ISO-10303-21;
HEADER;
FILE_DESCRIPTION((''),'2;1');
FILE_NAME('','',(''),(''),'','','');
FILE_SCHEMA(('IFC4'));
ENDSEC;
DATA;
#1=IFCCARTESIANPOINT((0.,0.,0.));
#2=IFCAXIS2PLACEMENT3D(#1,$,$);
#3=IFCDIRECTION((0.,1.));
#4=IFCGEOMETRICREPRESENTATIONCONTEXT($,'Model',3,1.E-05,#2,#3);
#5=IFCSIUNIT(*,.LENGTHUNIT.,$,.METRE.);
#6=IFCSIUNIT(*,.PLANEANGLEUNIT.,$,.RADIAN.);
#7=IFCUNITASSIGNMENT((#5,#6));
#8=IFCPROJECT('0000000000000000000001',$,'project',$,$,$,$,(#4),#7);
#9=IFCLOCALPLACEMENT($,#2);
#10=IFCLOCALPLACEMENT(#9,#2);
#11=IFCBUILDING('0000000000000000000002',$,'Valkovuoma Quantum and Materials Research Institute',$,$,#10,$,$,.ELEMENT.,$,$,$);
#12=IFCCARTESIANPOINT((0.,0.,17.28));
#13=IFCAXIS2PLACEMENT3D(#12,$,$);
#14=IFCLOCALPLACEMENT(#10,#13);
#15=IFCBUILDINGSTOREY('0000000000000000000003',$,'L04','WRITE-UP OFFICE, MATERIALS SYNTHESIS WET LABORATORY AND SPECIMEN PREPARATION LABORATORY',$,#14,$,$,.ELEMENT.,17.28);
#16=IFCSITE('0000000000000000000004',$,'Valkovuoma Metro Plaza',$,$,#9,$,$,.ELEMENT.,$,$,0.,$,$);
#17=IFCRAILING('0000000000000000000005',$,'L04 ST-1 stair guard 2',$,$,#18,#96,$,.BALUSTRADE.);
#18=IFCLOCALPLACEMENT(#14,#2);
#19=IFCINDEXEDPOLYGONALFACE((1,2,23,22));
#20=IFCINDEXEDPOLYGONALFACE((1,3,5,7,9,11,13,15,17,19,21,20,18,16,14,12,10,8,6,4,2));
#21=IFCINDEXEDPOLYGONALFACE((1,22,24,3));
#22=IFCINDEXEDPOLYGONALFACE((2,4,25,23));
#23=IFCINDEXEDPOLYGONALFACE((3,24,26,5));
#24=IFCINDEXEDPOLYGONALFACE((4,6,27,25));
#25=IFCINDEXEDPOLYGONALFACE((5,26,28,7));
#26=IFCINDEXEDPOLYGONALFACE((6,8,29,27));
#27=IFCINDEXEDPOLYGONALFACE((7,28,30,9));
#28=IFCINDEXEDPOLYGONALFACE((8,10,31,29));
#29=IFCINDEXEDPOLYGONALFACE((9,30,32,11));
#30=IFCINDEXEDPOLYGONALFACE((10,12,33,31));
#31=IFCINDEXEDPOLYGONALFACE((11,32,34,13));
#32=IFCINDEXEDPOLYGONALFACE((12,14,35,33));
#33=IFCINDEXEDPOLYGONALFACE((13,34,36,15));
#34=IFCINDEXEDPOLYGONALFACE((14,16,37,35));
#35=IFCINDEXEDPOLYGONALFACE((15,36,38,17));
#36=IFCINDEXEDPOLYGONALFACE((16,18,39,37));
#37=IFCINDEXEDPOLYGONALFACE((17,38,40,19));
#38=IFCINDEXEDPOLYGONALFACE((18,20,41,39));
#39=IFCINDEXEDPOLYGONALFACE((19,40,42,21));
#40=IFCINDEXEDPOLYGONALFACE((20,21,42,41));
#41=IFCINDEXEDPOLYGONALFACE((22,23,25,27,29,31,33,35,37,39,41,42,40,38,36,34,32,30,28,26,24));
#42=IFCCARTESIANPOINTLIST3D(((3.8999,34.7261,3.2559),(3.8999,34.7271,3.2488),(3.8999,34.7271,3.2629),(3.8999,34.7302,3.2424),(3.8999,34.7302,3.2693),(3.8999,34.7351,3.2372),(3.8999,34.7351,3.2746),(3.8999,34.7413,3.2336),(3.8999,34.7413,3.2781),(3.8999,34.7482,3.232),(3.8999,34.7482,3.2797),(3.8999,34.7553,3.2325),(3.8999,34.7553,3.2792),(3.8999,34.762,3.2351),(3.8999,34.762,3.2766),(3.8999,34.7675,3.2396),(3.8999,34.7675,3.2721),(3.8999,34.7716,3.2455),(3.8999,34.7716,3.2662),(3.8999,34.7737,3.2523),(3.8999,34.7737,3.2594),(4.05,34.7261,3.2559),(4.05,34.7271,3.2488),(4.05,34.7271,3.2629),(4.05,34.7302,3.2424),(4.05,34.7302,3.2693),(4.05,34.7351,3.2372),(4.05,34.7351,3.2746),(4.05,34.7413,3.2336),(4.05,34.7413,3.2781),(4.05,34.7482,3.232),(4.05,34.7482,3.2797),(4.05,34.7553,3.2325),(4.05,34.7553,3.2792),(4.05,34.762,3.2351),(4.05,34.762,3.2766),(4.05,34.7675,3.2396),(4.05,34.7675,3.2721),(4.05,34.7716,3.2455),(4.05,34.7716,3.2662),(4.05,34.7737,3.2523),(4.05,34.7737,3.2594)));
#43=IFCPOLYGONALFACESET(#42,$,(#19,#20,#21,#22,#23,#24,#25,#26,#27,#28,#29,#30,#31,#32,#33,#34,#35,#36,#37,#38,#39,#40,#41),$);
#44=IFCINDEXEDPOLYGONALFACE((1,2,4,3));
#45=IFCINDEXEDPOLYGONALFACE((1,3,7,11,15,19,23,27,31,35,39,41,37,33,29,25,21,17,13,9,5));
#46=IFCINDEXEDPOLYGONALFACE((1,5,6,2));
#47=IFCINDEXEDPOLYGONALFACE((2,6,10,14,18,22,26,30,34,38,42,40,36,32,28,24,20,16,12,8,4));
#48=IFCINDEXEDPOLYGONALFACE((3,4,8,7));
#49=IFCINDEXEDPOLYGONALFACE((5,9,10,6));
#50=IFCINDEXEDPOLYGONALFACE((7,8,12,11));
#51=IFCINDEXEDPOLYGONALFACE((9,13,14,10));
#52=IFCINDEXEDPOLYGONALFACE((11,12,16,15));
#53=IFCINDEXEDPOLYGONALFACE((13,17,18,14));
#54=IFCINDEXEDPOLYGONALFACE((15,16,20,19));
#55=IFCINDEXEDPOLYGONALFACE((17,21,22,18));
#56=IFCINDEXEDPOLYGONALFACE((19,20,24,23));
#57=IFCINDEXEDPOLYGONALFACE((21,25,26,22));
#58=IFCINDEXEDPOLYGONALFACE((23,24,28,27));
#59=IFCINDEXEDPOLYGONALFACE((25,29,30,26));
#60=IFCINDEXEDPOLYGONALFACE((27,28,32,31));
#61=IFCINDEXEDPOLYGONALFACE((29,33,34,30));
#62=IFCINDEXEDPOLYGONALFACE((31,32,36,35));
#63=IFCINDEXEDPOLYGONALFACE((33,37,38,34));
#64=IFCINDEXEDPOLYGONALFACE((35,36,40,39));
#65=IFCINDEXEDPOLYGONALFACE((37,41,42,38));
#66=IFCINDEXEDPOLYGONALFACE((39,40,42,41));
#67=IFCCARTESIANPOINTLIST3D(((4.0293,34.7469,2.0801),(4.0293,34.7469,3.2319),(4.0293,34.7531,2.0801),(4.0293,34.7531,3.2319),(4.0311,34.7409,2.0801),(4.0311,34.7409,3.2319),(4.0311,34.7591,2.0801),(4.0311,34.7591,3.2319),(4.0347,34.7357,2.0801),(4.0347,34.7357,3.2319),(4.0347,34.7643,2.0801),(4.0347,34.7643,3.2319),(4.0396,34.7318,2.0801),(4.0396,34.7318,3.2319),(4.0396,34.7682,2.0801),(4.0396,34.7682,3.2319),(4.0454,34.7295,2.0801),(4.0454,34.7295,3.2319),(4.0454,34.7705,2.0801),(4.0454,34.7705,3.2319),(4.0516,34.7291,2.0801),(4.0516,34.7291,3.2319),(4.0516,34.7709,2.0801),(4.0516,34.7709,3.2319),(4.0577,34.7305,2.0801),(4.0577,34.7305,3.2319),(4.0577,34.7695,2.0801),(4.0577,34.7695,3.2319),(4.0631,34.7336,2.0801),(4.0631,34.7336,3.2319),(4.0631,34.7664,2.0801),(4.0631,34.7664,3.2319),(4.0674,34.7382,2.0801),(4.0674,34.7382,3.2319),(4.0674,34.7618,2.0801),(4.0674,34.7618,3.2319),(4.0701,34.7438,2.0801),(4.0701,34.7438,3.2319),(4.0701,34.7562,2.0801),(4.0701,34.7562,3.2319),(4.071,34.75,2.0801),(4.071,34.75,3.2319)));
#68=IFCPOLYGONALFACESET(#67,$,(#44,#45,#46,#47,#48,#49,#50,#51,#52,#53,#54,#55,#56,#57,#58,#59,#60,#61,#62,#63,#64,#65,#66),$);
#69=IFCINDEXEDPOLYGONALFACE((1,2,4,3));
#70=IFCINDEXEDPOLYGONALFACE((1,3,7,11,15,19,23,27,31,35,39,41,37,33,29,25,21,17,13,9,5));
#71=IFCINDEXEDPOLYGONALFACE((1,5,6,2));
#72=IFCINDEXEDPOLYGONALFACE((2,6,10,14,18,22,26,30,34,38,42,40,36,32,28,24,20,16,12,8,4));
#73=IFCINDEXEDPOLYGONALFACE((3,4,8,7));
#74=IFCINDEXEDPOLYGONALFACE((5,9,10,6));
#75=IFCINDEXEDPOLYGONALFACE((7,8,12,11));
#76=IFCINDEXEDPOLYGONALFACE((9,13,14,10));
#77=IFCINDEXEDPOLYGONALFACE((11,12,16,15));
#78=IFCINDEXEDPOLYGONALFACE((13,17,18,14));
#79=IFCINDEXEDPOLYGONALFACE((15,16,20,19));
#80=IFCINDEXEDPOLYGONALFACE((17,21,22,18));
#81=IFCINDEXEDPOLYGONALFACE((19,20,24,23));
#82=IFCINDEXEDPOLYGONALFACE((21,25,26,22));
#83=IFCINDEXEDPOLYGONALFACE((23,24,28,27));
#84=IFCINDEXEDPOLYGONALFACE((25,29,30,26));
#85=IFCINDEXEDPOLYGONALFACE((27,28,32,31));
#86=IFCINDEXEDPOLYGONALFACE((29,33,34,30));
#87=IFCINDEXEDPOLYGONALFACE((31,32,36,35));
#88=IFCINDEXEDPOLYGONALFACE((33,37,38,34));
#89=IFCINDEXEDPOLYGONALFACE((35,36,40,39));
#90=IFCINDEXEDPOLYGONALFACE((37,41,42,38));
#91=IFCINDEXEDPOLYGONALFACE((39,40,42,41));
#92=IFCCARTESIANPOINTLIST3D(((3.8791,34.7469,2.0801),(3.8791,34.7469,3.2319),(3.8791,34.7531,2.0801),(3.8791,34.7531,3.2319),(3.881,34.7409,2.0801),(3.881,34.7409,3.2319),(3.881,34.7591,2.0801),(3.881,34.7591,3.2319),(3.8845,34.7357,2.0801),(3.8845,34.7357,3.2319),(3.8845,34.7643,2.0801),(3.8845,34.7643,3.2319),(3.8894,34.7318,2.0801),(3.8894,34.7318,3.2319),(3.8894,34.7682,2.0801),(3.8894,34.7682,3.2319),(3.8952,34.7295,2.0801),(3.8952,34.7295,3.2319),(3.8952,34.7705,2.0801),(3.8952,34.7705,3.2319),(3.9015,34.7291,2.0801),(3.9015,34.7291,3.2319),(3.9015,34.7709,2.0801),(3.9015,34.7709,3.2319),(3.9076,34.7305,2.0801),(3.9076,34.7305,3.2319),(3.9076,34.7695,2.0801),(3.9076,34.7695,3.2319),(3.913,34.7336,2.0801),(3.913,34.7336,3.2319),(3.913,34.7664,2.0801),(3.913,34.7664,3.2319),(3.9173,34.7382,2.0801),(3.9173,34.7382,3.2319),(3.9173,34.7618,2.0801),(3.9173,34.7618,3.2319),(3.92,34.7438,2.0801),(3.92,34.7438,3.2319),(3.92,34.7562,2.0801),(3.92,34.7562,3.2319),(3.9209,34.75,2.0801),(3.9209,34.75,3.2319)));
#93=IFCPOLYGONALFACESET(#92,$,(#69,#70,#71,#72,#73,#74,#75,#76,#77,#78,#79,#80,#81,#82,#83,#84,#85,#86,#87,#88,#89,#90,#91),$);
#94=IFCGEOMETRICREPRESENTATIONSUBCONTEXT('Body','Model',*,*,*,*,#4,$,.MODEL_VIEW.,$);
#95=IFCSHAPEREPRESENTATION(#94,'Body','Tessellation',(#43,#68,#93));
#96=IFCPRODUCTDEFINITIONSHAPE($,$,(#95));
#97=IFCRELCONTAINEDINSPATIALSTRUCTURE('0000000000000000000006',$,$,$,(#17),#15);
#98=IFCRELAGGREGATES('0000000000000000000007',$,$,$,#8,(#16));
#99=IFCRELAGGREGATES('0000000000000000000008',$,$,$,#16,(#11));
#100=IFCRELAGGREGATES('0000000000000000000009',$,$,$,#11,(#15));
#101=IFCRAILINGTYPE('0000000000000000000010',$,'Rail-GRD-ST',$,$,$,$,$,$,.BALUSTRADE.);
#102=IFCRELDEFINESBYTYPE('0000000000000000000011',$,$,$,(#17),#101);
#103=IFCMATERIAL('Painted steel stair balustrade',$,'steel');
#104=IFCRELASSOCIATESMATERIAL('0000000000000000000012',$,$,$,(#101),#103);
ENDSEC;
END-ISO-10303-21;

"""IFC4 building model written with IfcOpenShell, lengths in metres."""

from ifc_helpers import new_model, si_unit, direction, frame, origin, origin_2d, place, context, subcontext, project, spatial, circle, extrude, material, type_object, element, save


model = new_model("IFC4")

# Units and contexts
model_context = context("Model", 3, precision=1e-05, world=origin(), true_north=direction((0.0, 1.0)))
body_context = subcontext(model_context, "Body", "Model", "MODEL_VIEW")
ifc_project = project(units=[si_unit("LENGTHUNIT", "METRE"), si_unit("PLANEANGLEUNIT", "RADIAN")], contexts=[model_context])

# Site, building, storey
site_placement = place(None, origin())
site = spatial("IfcSite", under=ifc_project, at=site_placement, Name="Valkovuoma Metro Plaza", CompositionType="ELEMENT", RefElevation=0.0)
building_placement = place(site_placement, origin())
building = spatial("IfcBuilding", under=site, at=building_placement, Name="Valkovuoma Quantum and Materials Research Institute", CompositionType="ELEMENT")
storey_placement = place(building_placement, frame((0.0, 0.0, 17.28)))
storey = spatial("IfcBuildingStorey", under=building, at=storey_placement, Name="L04", Description="WRITE-UP OFFICE, MATERIALS SYNTHESIS WET LABORATORY AND SPECIMEN PREPARATION LABORATORY", CompositionType="ELEMENT", Elevation=17.28)

# Railing
ifc_material_1 = material(Name="Painted steel stair balustrade", Category="steel")
railing_type_1 = type_object("IfcRailingType", Name="Rail-GRD-ST", PredefinedType="BALUSTRADE", material=ifc_material_1)
railing_1_placement = place(storey_placement, frame((4.05, 34.75, 2.0801)))
element("IfcRailing", 1, at=railing_1_placement, inside=storey, type_object=railing_type_1, Name="L04 ST-1 stair guard 2", PredefinedType="BALUSTRADE", context=body_context, shape_type="SweptSolid", body=[
    extrude(circle(Radius=0.0239, at=origin_2d()), frame((0.0, 0.0, 1.1758), z_axis=(-1.0, 0.0, 0.0), x_axis=(0.0, -1.0, 0.0)), (0.0, 0.0, 1.0), 0.1501),
    extrude(circle(Radius=0.021, at=origin_2d()), origin(), (0.0, 0.0, 1.0), 1.1519),
    extrude(circle(Radius=0.021, at=origin_2d()), frame((-0.1501, 0.0, 0.0)), (0.0, 0.0, 1.0), 1.1519),
])

save(model, "model.ifc")
